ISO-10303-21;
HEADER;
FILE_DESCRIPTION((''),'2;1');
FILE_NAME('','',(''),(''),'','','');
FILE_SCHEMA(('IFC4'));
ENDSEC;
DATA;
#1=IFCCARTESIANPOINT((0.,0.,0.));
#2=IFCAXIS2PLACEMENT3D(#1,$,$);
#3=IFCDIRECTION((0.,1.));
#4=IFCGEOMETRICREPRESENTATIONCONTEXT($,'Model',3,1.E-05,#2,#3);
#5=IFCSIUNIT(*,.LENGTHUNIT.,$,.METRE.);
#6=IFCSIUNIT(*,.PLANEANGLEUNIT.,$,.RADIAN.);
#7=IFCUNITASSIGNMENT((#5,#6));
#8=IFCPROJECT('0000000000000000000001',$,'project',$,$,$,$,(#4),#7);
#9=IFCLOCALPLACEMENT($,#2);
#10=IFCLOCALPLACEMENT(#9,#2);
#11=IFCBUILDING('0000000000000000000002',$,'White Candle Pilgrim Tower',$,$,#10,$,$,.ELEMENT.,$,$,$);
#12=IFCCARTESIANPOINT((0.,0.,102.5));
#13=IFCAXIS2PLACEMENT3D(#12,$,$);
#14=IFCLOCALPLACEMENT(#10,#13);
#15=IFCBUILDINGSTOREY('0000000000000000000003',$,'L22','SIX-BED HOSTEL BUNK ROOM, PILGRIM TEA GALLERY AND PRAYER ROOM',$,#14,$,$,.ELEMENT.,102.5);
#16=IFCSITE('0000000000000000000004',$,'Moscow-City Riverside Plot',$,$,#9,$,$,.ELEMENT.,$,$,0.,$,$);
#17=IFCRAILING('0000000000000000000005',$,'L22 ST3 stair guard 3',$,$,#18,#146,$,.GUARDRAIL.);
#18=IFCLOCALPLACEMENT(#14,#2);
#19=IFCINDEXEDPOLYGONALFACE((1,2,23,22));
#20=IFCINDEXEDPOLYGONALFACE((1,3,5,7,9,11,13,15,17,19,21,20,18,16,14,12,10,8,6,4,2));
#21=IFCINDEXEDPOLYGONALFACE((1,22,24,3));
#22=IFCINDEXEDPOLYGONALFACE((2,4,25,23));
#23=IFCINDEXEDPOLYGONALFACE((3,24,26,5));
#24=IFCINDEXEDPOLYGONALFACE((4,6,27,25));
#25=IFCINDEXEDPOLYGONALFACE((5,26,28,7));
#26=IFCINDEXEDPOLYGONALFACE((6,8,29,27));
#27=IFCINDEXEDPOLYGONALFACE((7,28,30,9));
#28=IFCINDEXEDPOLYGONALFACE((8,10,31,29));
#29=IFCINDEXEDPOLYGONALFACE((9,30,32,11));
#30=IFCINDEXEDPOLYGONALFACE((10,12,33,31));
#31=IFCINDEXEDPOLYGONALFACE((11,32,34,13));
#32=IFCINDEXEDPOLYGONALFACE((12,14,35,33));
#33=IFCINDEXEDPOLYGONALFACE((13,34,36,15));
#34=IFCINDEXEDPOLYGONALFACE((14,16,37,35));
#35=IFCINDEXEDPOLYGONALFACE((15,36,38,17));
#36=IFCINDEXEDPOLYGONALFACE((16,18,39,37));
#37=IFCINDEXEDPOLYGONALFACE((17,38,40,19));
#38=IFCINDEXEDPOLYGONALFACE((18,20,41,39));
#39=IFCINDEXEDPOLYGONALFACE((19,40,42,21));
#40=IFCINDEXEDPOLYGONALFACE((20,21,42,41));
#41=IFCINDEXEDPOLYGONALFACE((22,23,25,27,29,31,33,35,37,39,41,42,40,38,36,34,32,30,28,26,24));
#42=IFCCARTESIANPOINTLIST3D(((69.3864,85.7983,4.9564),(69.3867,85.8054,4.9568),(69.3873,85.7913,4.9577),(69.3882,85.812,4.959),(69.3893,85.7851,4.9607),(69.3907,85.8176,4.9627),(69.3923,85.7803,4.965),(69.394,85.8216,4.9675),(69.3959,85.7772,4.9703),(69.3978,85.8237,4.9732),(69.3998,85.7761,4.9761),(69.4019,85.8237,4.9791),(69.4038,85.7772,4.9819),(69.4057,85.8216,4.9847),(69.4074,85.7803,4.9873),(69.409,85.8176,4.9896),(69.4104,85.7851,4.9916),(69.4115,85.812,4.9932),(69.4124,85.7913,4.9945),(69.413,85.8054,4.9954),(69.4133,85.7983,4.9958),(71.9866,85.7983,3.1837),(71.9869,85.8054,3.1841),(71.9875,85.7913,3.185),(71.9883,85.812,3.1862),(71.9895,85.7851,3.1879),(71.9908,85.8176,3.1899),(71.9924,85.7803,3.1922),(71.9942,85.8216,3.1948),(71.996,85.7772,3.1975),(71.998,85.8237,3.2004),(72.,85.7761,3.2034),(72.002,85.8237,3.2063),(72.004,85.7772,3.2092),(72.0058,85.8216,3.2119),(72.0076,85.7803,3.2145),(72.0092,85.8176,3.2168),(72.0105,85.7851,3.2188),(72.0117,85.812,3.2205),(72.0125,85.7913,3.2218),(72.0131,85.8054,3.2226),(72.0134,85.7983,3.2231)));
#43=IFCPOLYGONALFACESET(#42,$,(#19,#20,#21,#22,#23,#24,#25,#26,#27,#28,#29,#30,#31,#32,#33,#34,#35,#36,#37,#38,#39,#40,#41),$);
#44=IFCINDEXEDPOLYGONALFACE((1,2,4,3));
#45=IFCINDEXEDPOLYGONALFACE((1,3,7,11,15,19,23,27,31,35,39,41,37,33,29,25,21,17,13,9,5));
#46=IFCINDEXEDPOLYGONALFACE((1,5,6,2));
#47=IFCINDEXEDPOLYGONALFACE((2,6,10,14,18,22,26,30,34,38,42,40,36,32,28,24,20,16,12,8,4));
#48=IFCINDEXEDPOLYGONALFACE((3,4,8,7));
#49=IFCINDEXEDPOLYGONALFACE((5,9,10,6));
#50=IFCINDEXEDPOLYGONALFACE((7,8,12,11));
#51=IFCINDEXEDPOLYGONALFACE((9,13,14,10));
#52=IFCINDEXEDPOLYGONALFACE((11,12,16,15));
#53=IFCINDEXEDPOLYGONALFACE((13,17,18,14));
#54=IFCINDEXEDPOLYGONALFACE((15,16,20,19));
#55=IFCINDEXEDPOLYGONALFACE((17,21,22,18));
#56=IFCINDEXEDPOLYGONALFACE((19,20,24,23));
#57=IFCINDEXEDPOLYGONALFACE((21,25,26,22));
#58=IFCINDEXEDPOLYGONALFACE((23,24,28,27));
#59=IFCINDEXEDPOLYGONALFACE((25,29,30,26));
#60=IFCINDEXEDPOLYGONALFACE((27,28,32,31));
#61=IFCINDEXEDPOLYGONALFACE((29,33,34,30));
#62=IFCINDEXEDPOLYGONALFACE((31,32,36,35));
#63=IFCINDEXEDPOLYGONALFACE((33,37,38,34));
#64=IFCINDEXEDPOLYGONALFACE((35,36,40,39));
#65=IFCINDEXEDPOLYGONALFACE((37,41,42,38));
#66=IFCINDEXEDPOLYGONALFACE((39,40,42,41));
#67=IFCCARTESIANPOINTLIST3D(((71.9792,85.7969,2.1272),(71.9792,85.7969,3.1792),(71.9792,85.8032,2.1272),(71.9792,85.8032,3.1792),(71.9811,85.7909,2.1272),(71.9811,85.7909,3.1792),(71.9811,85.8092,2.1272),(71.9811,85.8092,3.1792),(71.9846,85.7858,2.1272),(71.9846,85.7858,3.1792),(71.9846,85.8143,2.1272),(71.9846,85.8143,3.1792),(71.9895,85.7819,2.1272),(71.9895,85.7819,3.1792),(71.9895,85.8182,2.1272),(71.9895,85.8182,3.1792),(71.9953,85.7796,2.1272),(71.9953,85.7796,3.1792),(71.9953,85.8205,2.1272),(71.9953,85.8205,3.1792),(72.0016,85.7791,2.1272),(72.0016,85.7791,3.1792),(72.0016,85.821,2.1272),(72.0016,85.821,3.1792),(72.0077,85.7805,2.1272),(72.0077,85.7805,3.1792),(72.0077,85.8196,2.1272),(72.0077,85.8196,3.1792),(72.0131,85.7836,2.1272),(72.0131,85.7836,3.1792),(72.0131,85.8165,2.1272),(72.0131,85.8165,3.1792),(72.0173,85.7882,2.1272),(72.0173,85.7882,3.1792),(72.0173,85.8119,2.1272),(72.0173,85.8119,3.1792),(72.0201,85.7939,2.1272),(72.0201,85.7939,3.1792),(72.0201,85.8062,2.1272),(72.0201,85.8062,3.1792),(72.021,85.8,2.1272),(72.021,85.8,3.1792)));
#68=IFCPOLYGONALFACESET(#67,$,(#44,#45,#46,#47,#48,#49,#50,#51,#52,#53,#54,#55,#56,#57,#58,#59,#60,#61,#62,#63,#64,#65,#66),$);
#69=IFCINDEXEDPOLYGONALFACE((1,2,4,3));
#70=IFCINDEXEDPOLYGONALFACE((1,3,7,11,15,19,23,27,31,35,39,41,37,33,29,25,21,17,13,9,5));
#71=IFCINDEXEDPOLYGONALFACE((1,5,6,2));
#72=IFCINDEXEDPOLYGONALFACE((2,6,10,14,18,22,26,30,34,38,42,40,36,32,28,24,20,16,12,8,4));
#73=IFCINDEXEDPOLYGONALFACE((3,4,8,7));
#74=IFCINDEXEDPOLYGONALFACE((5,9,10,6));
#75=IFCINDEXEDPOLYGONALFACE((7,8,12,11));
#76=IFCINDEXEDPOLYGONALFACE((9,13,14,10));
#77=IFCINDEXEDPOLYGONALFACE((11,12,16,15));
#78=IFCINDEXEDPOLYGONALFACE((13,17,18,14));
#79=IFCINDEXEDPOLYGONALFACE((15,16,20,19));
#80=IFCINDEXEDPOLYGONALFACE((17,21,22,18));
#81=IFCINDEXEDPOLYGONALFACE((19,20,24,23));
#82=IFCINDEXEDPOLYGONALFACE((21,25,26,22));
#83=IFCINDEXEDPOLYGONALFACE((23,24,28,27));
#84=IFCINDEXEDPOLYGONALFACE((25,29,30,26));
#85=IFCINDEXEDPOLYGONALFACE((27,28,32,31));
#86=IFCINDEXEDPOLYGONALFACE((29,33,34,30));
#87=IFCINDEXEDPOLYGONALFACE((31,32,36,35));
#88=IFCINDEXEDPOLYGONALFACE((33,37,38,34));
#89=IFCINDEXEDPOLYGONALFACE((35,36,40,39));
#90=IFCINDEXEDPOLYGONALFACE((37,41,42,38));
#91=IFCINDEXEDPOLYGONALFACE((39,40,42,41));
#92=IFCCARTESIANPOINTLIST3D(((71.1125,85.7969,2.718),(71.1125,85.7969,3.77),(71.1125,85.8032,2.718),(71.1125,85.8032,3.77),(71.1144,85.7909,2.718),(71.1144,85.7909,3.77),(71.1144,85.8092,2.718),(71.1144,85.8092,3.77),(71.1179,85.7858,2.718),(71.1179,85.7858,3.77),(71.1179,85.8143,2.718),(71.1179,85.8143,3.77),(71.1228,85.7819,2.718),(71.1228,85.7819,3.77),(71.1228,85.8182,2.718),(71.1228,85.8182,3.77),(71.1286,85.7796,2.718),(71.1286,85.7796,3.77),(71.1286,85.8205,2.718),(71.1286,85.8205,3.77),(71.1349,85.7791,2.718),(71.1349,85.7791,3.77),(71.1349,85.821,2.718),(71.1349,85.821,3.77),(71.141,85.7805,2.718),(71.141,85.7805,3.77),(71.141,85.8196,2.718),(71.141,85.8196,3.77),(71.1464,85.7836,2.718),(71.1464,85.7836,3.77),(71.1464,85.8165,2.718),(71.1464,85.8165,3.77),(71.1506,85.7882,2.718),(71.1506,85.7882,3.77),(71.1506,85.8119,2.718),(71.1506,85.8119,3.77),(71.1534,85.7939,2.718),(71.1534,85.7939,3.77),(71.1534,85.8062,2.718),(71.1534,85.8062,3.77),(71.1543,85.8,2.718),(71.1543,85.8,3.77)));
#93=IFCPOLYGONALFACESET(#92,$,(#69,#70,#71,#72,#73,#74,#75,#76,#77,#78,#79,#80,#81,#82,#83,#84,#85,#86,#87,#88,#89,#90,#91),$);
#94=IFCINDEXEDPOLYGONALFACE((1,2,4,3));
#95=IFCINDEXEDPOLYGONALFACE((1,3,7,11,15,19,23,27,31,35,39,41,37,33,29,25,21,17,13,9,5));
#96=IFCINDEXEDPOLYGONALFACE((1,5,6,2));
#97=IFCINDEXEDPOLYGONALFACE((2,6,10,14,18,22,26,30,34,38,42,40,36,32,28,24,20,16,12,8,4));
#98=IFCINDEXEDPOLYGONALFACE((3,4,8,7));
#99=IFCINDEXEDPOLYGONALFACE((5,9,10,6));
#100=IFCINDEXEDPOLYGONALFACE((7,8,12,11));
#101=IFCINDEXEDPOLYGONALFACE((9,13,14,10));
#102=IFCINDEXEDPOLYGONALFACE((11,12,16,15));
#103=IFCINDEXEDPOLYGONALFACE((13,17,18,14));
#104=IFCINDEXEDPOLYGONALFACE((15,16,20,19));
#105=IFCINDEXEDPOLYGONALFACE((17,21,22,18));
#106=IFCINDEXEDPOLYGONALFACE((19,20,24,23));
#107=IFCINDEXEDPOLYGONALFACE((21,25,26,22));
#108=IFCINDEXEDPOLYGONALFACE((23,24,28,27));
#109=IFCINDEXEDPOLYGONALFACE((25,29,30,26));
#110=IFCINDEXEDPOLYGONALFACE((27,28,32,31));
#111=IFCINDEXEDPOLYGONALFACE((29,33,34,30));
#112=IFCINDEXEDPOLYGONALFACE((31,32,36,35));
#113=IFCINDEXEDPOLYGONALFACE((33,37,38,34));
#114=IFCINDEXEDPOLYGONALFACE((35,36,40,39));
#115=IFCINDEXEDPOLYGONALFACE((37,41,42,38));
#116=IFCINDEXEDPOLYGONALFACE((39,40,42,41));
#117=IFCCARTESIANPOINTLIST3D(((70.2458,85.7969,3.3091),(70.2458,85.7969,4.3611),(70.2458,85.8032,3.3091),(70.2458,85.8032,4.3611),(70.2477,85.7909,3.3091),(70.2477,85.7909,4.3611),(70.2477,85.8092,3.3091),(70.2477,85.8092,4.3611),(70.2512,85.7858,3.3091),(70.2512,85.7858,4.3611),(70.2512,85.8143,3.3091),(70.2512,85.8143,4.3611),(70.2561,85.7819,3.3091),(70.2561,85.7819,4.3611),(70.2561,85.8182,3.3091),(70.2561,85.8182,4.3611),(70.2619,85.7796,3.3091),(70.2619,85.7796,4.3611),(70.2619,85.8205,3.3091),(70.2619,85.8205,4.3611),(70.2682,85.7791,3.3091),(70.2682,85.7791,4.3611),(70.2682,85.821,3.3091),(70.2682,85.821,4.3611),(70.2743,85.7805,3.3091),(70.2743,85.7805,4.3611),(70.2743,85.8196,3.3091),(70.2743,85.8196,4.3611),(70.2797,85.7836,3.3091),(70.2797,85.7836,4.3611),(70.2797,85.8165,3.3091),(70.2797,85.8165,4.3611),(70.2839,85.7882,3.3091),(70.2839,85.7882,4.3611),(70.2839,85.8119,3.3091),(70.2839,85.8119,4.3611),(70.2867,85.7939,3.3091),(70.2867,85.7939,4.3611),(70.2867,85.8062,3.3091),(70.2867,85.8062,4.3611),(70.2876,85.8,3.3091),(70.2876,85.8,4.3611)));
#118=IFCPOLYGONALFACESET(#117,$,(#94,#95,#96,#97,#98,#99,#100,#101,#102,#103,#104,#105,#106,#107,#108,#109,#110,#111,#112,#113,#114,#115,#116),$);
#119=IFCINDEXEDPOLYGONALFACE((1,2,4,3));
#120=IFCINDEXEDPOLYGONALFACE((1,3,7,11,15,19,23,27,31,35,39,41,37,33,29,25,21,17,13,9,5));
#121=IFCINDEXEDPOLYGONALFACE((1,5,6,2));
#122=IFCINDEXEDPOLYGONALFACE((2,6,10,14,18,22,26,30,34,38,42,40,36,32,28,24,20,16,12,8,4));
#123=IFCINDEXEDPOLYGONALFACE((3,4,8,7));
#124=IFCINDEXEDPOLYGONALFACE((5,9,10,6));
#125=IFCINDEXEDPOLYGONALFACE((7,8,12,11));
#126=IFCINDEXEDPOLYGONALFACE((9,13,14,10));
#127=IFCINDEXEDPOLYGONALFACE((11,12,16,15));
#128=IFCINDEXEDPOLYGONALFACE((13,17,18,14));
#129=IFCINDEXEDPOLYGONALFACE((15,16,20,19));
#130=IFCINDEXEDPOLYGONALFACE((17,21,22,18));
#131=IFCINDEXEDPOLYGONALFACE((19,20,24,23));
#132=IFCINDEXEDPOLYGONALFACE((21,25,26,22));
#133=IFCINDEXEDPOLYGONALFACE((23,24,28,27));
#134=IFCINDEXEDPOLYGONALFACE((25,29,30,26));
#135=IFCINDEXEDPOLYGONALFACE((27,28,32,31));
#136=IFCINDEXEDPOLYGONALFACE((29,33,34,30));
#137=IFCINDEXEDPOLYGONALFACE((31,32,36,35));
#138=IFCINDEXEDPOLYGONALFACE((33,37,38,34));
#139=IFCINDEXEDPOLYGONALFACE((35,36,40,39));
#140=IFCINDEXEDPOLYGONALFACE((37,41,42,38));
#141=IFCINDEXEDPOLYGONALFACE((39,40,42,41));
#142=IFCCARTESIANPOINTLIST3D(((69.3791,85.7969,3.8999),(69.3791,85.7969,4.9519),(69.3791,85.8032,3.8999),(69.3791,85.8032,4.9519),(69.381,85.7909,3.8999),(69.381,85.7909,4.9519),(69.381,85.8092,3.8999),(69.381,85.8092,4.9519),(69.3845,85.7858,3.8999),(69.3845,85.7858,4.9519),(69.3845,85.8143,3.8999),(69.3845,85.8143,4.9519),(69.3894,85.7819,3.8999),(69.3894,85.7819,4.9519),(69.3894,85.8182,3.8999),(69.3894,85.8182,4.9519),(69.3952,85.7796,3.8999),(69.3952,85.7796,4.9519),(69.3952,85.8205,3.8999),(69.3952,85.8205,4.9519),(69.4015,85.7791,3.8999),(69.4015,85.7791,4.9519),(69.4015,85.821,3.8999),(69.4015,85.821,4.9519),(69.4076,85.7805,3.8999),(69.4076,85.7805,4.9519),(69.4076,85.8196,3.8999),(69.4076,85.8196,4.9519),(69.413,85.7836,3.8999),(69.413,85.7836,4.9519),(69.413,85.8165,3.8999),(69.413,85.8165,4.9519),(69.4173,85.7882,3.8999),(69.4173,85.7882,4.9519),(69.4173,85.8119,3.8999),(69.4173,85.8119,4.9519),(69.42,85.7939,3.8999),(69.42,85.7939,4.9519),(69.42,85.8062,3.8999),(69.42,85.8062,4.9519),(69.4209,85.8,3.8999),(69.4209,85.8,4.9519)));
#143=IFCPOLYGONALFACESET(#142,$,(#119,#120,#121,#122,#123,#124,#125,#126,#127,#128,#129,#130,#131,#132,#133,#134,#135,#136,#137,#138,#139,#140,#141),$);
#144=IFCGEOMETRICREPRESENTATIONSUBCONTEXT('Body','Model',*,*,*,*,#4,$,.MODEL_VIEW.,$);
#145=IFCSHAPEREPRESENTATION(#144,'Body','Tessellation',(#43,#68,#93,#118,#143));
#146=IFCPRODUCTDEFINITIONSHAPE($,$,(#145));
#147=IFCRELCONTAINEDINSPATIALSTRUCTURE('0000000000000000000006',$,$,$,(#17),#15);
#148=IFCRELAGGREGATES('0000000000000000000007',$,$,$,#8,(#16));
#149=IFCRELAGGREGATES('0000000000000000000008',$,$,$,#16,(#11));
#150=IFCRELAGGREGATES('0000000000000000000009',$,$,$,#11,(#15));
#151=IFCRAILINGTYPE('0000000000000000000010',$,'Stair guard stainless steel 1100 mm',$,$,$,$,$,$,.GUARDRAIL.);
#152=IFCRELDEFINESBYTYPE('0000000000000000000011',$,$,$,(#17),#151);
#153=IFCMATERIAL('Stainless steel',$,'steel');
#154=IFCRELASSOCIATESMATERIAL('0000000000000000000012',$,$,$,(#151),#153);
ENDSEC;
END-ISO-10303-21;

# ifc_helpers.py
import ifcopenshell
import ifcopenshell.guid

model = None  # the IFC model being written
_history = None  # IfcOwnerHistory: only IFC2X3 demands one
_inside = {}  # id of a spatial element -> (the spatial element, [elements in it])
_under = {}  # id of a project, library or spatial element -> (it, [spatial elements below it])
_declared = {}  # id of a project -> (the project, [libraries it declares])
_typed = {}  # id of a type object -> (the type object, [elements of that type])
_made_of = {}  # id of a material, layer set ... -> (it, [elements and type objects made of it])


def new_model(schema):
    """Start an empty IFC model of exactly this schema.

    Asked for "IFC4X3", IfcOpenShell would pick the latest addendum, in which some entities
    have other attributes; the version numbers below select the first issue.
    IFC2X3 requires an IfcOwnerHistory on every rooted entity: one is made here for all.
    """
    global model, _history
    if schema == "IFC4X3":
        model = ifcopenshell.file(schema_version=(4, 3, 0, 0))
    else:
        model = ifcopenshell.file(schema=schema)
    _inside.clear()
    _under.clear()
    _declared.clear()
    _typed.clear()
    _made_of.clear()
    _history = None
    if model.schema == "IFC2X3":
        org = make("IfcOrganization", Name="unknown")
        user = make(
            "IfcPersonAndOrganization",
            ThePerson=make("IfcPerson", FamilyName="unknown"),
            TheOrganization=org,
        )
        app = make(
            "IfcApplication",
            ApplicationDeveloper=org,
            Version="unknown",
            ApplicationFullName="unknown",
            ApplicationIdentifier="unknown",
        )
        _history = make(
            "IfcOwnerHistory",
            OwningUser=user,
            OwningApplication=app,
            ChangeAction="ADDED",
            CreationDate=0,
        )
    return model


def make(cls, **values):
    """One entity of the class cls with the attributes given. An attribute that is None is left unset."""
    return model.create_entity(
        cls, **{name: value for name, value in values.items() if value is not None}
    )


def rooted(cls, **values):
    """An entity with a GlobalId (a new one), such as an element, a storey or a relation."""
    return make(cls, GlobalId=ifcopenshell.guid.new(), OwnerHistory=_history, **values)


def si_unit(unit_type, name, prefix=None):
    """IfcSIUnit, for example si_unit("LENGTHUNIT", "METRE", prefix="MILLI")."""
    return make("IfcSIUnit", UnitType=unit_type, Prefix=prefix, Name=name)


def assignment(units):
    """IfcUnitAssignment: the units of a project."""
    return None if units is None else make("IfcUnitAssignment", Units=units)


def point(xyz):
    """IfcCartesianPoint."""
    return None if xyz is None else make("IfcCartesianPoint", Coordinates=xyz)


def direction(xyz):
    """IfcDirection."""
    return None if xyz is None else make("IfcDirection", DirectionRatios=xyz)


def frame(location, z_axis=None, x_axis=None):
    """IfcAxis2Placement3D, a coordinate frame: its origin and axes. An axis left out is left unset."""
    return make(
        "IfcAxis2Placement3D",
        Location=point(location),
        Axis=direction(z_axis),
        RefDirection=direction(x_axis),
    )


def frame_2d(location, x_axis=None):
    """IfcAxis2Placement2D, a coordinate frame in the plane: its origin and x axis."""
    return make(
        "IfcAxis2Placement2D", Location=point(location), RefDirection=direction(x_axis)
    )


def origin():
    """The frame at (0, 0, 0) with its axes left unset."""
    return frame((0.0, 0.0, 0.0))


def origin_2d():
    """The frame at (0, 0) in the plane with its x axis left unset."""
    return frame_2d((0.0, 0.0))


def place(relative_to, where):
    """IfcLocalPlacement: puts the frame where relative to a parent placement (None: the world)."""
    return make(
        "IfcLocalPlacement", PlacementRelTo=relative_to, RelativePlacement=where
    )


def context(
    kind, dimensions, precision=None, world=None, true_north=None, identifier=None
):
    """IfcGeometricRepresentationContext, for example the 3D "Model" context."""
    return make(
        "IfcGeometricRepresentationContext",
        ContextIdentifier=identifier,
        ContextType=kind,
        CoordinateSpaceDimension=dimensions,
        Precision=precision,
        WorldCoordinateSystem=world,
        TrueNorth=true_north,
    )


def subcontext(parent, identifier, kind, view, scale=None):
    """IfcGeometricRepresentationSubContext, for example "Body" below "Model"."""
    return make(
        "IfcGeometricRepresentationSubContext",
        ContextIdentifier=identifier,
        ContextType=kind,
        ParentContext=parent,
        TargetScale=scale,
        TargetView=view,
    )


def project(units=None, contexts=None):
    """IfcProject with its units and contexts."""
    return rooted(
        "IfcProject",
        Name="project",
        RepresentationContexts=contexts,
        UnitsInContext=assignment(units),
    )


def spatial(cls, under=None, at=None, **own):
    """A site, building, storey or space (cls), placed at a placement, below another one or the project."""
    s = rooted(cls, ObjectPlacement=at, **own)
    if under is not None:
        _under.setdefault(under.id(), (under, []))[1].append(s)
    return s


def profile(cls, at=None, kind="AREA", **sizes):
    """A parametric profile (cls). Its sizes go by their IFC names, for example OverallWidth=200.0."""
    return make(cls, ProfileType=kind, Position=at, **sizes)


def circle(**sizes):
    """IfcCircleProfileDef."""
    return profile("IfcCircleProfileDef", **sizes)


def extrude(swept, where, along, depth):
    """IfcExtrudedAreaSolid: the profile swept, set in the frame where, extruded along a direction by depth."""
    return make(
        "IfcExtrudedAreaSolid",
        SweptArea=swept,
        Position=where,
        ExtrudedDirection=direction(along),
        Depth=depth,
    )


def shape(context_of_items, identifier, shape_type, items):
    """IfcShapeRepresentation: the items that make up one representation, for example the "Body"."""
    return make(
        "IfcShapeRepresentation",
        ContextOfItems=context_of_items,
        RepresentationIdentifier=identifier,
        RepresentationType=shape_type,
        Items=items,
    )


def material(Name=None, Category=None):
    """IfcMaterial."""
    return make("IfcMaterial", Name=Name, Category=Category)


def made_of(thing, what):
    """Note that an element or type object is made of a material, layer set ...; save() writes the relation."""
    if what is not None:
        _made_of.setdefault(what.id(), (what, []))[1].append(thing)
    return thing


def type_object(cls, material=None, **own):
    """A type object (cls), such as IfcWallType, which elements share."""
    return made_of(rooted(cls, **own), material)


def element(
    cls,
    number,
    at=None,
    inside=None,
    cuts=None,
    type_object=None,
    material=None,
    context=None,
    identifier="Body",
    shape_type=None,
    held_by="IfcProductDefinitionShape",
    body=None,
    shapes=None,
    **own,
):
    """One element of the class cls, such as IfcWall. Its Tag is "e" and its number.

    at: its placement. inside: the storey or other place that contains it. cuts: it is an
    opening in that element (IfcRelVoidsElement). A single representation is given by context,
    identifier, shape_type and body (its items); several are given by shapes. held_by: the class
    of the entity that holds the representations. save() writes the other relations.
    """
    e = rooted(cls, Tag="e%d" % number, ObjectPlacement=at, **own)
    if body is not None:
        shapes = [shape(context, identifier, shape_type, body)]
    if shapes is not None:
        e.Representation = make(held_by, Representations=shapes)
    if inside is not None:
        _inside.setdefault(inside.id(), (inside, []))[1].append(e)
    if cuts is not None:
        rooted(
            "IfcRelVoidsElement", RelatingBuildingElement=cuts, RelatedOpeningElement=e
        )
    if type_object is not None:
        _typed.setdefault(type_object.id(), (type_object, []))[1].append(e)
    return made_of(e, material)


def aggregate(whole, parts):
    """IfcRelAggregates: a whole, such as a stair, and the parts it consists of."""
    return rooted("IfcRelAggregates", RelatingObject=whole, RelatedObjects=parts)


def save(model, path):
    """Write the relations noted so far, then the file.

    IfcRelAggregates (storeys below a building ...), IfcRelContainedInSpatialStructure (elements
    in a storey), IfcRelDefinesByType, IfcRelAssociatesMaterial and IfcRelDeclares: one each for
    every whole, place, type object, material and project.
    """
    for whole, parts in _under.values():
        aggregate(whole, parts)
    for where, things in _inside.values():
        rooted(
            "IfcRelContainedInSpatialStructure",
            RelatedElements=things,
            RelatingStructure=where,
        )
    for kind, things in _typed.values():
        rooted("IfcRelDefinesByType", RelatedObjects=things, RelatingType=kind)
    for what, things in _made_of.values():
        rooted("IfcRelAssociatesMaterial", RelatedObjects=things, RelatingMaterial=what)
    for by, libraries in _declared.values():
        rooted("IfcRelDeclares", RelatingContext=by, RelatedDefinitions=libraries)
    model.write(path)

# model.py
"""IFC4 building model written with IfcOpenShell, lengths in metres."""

from ifc_helpers import new_model, si_unit, direction, frame, origin, origin_2d, place, context, subcontext, project, spatial, circle, extrude, material, type_object, element, save


model = new_model("IFC4")

# Units and contexts
model_context = context("Model", 3, precision=1e-05, world=origin(), true_north=direction((0.0, 1.0)))
body_context = subcontext(model_context, "Body", "Model", "MODEL_VIEW")
ifc_project = project(units=[si_unit("LENGTHUNIT", "METRE"), si_unit("PLANEANGLEUNIT", "RADIAN")], contexts=[model_context])

# Site, building, storey
site_placement = place(None, origin())
site = spatial("IfcSite", under=ifc_project, at=site_placement, Name="Moscow-City Riverside Plot", CompositionType="ELEMENT", RefElevation=0.0)
building_placement = place(site_placement, origin())
building = spatial("IfcBuilding", under=site, at=building_placement, Name="White Candle Pilgrim Tower", CompositionType="ELEMENT")
storey_placement = place(building_placement, frame((0.0, 0.0, 102.5)))
storey = spatial("IfcBuildingStorey", under=building, at=storey_placement, Name="L22", Description="SIX-BED HOSTEL BUNK ROOM, PILGRIM TEA GALLERY AND PRAYER ROOM", CompositionType="ELEMENT", Elevation=102.5)

# Railing
ifc_material_1 = material(Name="Stainless steel", Category="steel")
railing_type_1 = type_object("IfcRailingType", Name="Stair guard stainless steel 1100 mm", PredefinedType="GUARDRAIL", material=ifc_material_1)
railing_1_placement = place(storey_placement, frame((72.0, 85.8, 2.1272)))
element("IfcRailing", 1, at=railing_1_placement, inside=storey, type_object=railing_type_1, Name="L22 ST3 stair guard 3", PredefinedType="GUARDRAIL", context=body_context, shape_type="SweptSolid", body=[
    extrude(circle(Radius=0.0239, at=origin_2d()), frame((0.0, 0.0, 1.0762), z_axis=(-0.82624, 0.0, 0.563318), x_axis=(0.0, -1.0, 0.0)), (0.0, 0.0, 1.0), 3.147),
    extrude(circle(Radius=0.021, at=origin_2d()), origin(), (0.0, 0.0, 1.0), 1.052),
    extrude(circle(Radius=0.021, at=origin_2d()), frame((-0.8667, 0.0, 0.5908)), (0.0, 0.0, 1.0), 1.052),
    extrude(circle(Radius=0.021, at=origin_2d()), frame((-1.7334, 0.0, 1.1819)), (0.0, 0.0, 1.0), 1.052),
    extrude(circle(Radius=0.021, at=origin_2d()), frame((-2.6001, 0.0, 1.7727)), (0.0, 0.0, 1.0), 1.052),
])

save(model, "model.ifc")
